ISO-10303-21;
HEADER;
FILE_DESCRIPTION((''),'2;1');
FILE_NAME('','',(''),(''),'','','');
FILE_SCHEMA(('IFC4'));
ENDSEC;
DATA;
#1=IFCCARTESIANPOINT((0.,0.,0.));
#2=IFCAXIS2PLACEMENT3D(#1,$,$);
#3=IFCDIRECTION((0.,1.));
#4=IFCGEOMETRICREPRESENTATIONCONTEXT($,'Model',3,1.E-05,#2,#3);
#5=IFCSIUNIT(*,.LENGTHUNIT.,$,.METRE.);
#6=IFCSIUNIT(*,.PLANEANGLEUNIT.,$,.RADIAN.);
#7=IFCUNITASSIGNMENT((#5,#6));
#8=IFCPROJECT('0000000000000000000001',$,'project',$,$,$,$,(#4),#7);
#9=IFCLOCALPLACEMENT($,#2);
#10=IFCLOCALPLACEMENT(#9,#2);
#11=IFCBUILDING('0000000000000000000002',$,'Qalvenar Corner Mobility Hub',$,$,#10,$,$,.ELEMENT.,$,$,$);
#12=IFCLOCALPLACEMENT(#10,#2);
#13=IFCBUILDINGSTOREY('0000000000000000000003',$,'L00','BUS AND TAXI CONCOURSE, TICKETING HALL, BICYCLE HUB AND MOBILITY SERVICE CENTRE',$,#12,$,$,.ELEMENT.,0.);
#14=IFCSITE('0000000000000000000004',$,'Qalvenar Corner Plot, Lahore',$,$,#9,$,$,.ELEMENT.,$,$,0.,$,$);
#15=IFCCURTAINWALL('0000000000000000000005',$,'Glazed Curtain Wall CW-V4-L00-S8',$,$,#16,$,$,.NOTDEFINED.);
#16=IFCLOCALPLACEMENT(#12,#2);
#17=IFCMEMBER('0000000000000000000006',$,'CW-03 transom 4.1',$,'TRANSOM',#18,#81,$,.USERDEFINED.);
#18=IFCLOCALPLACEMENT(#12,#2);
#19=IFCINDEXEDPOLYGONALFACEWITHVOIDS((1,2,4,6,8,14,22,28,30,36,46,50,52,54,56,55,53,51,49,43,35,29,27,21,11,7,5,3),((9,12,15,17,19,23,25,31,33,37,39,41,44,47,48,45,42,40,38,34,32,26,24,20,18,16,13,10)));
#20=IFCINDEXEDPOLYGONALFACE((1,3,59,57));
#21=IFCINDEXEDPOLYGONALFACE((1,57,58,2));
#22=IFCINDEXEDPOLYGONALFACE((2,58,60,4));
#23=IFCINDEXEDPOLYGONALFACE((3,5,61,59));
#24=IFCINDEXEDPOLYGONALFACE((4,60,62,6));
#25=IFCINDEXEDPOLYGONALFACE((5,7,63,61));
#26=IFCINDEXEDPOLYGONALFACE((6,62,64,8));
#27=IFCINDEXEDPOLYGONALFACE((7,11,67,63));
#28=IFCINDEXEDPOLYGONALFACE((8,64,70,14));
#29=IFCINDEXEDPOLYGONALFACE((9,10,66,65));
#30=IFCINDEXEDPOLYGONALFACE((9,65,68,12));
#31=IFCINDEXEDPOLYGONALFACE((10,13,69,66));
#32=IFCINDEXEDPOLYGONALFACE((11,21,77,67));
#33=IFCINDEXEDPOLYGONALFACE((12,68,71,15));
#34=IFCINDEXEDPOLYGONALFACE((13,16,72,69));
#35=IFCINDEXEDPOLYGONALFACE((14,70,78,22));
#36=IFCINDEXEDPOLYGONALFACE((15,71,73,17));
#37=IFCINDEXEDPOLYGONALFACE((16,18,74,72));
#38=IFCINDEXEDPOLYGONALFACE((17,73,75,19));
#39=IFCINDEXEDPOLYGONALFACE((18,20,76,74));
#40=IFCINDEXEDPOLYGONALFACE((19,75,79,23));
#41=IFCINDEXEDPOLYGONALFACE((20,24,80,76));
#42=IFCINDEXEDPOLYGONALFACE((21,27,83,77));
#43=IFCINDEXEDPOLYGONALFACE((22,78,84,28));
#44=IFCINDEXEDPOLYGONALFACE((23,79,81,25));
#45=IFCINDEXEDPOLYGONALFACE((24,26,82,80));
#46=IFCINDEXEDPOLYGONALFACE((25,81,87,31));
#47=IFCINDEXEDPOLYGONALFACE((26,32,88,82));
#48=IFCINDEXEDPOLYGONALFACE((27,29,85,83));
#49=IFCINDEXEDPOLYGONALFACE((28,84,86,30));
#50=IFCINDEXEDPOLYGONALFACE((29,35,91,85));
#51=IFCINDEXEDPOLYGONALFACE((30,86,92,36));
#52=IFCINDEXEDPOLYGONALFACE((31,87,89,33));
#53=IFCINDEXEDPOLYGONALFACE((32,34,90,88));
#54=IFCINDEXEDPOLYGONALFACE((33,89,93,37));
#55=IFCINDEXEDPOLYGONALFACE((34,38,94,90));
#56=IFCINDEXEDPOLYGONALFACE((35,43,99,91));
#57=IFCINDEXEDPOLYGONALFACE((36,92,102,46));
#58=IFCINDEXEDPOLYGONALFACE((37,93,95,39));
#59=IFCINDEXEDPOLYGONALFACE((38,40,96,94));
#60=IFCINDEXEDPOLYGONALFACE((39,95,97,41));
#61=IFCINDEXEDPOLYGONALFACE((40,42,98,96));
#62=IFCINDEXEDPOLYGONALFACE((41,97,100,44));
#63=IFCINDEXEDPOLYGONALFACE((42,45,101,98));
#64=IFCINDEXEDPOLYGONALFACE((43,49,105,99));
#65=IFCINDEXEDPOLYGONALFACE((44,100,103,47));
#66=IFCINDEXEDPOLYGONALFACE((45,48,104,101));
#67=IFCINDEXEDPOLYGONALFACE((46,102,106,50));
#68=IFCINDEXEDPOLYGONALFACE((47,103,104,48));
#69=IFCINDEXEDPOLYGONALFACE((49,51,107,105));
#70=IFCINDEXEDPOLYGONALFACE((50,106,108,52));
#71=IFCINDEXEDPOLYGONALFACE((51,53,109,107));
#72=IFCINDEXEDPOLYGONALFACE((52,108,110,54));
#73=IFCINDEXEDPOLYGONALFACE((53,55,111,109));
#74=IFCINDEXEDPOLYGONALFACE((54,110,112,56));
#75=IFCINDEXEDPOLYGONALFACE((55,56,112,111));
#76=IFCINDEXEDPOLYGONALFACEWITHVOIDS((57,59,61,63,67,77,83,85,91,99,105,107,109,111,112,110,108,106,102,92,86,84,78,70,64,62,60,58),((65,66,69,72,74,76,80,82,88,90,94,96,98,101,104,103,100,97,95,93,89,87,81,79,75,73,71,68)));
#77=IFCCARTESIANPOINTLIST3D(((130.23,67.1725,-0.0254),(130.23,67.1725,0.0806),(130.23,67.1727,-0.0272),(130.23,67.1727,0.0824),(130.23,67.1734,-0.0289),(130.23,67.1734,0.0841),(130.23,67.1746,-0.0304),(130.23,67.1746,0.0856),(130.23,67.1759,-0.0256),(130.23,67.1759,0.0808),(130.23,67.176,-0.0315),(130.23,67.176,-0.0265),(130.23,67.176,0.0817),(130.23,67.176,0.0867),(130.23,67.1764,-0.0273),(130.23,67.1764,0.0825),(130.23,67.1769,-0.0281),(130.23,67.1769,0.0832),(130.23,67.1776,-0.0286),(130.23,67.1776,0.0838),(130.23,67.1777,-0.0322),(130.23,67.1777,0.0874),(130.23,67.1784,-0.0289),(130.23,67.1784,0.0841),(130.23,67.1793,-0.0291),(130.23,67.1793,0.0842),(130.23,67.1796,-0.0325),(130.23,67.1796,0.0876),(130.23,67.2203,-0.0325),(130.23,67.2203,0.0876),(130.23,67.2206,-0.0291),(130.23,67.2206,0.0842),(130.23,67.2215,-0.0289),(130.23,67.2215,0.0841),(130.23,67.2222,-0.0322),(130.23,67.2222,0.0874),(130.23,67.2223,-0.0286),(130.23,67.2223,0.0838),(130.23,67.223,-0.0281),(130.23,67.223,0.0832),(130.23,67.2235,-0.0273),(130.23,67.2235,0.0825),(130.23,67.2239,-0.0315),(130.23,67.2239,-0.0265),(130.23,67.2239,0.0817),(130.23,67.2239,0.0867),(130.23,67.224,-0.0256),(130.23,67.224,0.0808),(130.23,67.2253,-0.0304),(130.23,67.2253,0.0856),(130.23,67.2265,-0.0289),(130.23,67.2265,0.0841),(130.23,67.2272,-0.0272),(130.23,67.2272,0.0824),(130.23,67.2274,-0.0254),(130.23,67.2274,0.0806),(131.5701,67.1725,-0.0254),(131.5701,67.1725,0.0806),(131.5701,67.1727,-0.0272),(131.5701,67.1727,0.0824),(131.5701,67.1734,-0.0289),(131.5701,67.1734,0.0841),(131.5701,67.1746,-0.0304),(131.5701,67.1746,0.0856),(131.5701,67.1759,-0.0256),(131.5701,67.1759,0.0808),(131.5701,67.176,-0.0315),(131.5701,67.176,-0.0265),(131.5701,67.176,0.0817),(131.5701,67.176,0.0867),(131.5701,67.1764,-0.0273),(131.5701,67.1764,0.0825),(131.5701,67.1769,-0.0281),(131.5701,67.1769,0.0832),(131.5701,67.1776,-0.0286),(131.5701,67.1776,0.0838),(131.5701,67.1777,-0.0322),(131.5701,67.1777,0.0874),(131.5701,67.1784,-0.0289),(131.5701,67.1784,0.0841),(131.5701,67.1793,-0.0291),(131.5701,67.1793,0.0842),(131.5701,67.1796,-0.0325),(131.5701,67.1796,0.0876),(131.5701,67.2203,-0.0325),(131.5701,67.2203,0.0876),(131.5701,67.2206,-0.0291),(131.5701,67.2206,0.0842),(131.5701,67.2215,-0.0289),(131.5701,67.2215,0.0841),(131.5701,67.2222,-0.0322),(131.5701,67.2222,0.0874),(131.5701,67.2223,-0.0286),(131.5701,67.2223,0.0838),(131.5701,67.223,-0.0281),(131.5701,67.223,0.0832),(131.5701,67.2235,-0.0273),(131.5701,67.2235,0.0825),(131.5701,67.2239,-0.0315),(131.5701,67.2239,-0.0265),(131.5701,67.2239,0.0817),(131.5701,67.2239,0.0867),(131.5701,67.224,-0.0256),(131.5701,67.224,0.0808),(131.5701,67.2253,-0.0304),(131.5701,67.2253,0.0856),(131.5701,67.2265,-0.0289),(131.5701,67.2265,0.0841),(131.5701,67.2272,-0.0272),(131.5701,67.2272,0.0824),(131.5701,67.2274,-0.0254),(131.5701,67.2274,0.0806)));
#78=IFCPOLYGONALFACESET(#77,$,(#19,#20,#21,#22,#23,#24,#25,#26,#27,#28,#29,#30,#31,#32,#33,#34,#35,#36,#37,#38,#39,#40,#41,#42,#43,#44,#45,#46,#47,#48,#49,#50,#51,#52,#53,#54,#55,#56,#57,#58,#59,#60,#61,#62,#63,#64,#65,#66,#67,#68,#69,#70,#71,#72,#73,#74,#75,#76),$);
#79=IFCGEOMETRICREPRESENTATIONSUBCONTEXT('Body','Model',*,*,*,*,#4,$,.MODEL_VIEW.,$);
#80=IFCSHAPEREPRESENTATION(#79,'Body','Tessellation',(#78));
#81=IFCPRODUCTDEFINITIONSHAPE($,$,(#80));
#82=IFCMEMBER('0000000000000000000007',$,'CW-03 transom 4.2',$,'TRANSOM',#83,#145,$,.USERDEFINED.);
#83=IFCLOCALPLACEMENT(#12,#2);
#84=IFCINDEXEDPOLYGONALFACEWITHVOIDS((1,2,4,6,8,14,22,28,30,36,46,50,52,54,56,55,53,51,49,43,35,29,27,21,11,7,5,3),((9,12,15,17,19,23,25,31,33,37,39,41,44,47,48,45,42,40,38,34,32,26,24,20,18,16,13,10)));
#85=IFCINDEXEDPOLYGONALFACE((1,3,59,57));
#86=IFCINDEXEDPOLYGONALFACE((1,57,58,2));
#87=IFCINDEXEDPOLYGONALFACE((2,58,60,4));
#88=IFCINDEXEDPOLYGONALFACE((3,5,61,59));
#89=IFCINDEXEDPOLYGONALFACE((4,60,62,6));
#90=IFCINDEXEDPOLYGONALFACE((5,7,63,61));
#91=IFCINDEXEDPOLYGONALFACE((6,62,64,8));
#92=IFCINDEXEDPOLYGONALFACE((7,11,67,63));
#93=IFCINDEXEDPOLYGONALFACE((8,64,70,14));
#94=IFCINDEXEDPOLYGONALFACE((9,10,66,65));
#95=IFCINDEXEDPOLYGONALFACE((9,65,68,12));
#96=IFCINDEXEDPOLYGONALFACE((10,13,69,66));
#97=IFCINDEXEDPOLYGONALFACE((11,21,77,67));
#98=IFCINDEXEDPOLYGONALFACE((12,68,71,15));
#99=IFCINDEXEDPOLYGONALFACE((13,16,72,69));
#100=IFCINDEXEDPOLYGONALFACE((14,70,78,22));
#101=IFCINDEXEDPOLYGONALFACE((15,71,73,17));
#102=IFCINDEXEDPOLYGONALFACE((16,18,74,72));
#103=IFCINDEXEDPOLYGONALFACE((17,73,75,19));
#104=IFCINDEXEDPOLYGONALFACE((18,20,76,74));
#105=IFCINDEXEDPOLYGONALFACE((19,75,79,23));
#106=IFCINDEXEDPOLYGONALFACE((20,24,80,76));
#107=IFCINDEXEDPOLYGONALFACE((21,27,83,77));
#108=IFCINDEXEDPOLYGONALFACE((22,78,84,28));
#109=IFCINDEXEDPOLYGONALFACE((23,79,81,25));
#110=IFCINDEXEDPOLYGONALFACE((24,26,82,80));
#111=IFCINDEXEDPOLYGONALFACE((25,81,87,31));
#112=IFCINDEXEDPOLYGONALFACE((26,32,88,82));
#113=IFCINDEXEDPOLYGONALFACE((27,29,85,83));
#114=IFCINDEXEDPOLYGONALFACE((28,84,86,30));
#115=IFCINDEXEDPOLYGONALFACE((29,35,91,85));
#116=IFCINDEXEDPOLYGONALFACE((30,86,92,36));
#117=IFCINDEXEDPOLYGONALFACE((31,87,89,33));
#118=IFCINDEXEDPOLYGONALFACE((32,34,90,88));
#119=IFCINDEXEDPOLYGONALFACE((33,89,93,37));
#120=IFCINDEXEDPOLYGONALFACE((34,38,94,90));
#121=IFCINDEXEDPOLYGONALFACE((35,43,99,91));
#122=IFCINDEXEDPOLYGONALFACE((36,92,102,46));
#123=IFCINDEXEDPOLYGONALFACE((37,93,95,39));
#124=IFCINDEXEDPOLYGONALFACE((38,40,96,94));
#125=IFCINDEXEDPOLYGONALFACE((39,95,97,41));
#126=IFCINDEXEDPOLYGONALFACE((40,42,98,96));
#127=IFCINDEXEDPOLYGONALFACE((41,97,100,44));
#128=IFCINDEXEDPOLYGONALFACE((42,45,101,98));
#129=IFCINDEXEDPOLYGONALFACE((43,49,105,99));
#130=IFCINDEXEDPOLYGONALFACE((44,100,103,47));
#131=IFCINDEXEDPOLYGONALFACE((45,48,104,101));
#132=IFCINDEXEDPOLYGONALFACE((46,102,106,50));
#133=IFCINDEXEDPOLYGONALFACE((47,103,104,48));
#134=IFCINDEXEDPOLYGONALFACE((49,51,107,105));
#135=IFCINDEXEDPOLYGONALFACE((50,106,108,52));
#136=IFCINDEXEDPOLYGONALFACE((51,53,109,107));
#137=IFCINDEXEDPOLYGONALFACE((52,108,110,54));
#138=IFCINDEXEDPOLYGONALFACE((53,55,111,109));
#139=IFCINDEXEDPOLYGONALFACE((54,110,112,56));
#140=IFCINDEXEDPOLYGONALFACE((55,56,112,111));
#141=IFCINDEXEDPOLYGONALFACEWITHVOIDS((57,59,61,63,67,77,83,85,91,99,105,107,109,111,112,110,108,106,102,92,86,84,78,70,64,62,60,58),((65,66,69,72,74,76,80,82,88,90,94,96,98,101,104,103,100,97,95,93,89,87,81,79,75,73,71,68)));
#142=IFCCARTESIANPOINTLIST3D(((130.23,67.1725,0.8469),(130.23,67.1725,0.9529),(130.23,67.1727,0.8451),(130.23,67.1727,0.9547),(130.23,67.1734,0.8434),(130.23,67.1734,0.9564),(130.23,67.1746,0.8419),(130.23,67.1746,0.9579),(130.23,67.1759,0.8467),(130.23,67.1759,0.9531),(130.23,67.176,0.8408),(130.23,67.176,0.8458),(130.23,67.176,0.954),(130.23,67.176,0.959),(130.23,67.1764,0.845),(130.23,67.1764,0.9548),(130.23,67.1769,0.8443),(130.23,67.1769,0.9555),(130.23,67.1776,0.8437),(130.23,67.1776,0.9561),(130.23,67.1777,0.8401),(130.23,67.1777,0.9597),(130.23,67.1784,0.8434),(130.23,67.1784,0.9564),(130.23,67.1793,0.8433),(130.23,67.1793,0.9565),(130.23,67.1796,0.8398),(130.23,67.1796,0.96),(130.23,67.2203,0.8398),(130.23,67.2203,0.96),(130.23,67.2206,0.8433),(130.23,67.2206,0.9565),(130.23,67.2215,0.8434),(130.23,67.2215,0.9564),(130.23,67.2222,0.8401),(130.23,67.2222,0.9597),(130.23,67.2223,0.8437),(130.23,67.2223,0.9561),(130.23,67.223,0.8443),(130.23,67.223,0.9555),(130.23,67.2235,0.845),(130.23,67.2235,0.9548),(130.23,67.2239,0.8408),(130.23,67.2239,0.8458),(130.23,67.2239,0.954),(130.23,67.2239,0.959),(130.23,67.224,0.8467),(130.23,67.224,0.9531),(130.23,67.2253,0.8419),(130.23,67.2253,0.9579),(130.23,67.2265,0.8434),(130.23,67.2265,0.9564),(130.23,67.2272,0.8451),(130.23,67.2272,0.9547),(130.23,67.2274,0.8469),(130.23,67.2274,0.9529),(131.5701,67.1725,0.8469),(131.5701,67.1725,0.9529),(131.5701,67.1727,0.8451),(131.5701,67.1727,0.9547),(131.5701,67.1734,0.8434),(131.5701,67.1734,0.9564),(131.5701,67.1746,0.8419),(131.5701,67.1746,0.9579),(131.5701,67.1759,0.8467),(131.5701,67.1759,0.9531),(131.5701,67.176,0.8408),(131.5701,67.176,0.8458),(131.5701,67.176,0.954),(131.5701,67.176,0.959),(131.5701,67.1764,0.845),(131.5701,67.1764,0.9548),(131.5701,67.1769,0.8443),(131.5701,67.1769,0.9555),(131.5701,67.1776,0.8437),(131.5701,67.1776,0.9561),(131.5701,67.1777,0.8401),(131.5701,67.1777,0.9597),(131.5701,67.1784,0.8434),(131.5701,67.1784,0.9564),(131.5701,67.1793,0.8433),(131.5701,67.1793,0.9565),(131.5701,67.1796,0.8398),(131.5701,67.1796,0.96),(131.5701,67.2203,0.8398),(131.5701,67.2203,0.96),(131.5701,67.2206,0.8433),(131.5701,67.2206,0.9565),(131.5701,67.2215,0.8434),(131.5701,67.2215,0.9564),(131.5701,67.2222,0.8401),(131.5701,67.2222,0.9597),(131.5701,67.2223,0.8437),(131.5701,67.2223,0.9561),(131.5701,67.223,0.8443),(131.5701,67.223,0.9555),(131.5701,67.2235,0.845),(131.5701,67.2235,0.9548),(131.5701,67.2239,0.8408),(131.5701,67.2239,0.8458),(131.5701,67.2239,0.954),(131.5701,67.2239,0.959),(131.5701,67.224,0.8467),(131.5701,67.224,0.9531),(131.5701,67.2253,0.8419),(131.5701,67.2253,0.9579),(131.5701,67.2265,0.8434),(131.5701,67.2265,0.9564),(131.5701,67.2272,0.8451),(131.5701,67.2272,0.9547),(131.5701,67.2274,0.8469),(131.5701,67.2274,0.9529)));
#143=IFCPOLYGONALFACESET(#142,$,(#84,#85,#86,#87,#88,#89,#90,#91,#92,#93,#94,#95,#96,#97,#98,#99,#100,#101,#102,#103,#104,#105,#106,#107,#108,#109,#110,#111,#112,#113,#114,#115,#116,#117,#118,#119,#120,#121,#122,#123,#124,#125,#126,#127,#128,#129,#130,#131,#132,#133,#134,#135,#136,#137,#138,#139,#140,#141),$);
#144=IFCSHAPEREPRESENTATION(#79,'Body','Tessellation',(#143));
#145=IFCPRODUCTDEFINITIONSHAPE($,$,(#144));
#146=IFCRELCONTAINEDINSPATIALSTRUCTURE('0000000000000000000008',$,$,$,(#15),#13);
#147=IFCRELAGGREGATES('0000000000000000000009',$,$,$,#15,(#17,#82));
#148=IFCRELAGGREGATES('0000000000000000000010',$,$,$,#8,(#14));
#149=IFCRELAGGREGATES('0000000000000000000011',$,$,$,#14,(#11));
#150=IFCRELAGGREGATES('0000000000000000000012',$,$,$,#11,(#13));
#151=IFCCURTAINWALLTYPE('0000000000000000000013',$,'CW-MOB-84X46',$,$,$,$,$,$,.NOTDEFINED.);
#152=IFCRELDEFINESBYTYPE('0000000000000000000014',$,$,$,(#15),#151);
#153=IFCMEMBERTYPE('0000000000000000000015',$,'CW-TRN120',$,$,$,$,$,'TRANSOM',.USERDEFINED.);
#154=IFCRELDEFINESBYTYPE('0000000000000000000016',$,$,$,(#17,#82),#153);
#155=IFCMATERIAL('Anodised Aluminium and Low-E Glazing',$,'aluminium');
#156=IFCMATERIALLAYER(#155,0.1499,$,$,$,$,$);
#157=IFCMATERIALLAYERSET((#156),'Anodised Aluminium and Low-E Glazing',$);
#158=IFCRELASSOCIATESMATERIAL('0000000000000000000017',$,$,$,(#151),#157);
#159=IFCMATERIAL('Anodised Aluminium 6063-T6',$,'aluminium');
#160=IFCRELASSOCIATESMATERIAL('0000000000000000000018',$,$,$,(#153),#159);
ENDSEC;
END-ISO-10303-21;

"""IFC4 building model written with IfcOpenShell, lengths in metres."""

from ifc_helpers import new_model, si_unit, direction, frame, origin, origin_2d, place, context, subcontext, project, spatial, hollow_rectangle, extrude, material, layer, layer_set, material_profile, profile_set, type_object, element, aggregate, save


model = new_model("IFC4")

# Units and contexts
model_context = context("Model", 3, precision=1e-05, world=origin(), true_north=direction((0.0, 1.0)))
body_context = subcontext(model_context, "Body", "Model", "MODEL_VIEW")
ifc_project = project(units=[si_unit("LENGTHUNIT", "METRE"), si_unit("PLANEANGLEUNIT", "RADIAN")], contexts=[model_context])

# Site, building, storey
site_placement = place(None, origin())
site = spatial("IfcSite", under=ifc_project, at=site_placement, Name="Qalvenar Corner Plot, Lahore", CompositionType="ELEMENT", RefElevation=0.0)
building_placement = place(site_placement, origin())
building = spatial("IfcBuilding", under=site, at=building_placement, Name="Qalvenar Corner Mobility Hub", CompositionType="ELEMENT")
storey_placement = place(building_placement, origin())
storey = spatial("IfcBuildingStorey", under=building, at=storey_placement, Name="L00", Description="BUS AND TAXI CONCOURSE, TICKETING HALL, BICYCLE HUB AND MOBILITY SERVICE CENTRE", CompositionType="ELEMENT", Elevation=0.0)

# Curtain wall, members
ifc_material_1 = material(Name="Anodised Aluminium and Low-E Glazing", Category="aluminium")
ifc_layer_1 = layer(ifc_material_1, 0.1499)
ifc_layer_set_1 = layer_set([ifc_layer_1], Name="Anodised Aluminium and Low-E Glazing")
curtain_wall_type = type_object("IfcCurtainWallType", Name="CW-MOB-84X46", PredefinedType="NOTDEFINED", material=ifc_layer_set_1)
curtain_wall_placement = place(storey_placement, origin())
curtain_wall = element("IfcCurtainWall", 1, at=curtain_wall_placement, inside=storey, type_object=curtain_wall_type, Name="Glazed Curtain Wall CW-V4-L00-S8", PredefinedType="NOTDEFINED")
ifc_material_2 = material(Name="Anodised Aluminium 6063-T6", Category="aluminium")
ifc_material_profile_1 = material_profile(ifc_material_2, hollow_rectangle(XDim=0.0549, YDim=0.1201, WallThickness=0.0034, InnerFilletRadius=0.0034, OuterFilletRadius=0.0071, at=origin_2d()), Name="RHS120x55x3.5")
ifc_profile_set_1 = profile_set([ifc_material_profile_1], Name="Anodised Aluminium 6063-T6")
member_type_1 = type_object("IfcMemberType", Name="CW-TRN120", ElementType="TRANSOM", PredefinedType="USERDEFINED", material=ifc_profile_set_1)
member_1_placement = place(storey_placement, frame((130.23, 67.2, 0.0276), z_axis=(1.0, 0.0, 0.0), x_axis=(0.0, 1.0, 0.0)))
member_1 = element("IfcMember", 2, at=member_1_placement, type_object=member_type_1, Name="CW-03 transom 4.1", ObjectType="TRANSOM", PredefinedType="USERDEFINED", context=body_context, shape_type="SweptSolid", body=[
    extrude(hollow_rectangle(XDim=0.0549, YDim=0.1201, WallThickness=0.0034, InnerFilletRadius=0.0034, OuterFilletRadius=0.0071, at=origin_2d()), origin(), (0.0, 0.0, 1.0), 1.3401),
])
member_2_placement = place(storey_placement, frame((130.23, 67.2, 0.8999), z_axis=(1.0, 0.0, 0.0), x_axis=(0.0, 1.0, 0.0)))
member_2 = element("IfcMember", 3, at=member_2_placement, type_object=member_type_1, Name="CW-03 transom 4.2", ObjectType="TRANSOM", PredefinedType="USERDEFINED", context=body_context, shape_type="SweptSolid", body=[
    extrude(hollow_rectangle(XDim=0.0549, YDim=0.1201, WallThickness=0.0034, InnerFilletRadius=0.0034, OuterFilletRadius=0.0071, at=origin_2d()), origin(), (0.0, 0.0, 1.0), 1.3401),
])
aggregate(curtain_wall, [member_1, member_2])

save(model, "model.ifc")
